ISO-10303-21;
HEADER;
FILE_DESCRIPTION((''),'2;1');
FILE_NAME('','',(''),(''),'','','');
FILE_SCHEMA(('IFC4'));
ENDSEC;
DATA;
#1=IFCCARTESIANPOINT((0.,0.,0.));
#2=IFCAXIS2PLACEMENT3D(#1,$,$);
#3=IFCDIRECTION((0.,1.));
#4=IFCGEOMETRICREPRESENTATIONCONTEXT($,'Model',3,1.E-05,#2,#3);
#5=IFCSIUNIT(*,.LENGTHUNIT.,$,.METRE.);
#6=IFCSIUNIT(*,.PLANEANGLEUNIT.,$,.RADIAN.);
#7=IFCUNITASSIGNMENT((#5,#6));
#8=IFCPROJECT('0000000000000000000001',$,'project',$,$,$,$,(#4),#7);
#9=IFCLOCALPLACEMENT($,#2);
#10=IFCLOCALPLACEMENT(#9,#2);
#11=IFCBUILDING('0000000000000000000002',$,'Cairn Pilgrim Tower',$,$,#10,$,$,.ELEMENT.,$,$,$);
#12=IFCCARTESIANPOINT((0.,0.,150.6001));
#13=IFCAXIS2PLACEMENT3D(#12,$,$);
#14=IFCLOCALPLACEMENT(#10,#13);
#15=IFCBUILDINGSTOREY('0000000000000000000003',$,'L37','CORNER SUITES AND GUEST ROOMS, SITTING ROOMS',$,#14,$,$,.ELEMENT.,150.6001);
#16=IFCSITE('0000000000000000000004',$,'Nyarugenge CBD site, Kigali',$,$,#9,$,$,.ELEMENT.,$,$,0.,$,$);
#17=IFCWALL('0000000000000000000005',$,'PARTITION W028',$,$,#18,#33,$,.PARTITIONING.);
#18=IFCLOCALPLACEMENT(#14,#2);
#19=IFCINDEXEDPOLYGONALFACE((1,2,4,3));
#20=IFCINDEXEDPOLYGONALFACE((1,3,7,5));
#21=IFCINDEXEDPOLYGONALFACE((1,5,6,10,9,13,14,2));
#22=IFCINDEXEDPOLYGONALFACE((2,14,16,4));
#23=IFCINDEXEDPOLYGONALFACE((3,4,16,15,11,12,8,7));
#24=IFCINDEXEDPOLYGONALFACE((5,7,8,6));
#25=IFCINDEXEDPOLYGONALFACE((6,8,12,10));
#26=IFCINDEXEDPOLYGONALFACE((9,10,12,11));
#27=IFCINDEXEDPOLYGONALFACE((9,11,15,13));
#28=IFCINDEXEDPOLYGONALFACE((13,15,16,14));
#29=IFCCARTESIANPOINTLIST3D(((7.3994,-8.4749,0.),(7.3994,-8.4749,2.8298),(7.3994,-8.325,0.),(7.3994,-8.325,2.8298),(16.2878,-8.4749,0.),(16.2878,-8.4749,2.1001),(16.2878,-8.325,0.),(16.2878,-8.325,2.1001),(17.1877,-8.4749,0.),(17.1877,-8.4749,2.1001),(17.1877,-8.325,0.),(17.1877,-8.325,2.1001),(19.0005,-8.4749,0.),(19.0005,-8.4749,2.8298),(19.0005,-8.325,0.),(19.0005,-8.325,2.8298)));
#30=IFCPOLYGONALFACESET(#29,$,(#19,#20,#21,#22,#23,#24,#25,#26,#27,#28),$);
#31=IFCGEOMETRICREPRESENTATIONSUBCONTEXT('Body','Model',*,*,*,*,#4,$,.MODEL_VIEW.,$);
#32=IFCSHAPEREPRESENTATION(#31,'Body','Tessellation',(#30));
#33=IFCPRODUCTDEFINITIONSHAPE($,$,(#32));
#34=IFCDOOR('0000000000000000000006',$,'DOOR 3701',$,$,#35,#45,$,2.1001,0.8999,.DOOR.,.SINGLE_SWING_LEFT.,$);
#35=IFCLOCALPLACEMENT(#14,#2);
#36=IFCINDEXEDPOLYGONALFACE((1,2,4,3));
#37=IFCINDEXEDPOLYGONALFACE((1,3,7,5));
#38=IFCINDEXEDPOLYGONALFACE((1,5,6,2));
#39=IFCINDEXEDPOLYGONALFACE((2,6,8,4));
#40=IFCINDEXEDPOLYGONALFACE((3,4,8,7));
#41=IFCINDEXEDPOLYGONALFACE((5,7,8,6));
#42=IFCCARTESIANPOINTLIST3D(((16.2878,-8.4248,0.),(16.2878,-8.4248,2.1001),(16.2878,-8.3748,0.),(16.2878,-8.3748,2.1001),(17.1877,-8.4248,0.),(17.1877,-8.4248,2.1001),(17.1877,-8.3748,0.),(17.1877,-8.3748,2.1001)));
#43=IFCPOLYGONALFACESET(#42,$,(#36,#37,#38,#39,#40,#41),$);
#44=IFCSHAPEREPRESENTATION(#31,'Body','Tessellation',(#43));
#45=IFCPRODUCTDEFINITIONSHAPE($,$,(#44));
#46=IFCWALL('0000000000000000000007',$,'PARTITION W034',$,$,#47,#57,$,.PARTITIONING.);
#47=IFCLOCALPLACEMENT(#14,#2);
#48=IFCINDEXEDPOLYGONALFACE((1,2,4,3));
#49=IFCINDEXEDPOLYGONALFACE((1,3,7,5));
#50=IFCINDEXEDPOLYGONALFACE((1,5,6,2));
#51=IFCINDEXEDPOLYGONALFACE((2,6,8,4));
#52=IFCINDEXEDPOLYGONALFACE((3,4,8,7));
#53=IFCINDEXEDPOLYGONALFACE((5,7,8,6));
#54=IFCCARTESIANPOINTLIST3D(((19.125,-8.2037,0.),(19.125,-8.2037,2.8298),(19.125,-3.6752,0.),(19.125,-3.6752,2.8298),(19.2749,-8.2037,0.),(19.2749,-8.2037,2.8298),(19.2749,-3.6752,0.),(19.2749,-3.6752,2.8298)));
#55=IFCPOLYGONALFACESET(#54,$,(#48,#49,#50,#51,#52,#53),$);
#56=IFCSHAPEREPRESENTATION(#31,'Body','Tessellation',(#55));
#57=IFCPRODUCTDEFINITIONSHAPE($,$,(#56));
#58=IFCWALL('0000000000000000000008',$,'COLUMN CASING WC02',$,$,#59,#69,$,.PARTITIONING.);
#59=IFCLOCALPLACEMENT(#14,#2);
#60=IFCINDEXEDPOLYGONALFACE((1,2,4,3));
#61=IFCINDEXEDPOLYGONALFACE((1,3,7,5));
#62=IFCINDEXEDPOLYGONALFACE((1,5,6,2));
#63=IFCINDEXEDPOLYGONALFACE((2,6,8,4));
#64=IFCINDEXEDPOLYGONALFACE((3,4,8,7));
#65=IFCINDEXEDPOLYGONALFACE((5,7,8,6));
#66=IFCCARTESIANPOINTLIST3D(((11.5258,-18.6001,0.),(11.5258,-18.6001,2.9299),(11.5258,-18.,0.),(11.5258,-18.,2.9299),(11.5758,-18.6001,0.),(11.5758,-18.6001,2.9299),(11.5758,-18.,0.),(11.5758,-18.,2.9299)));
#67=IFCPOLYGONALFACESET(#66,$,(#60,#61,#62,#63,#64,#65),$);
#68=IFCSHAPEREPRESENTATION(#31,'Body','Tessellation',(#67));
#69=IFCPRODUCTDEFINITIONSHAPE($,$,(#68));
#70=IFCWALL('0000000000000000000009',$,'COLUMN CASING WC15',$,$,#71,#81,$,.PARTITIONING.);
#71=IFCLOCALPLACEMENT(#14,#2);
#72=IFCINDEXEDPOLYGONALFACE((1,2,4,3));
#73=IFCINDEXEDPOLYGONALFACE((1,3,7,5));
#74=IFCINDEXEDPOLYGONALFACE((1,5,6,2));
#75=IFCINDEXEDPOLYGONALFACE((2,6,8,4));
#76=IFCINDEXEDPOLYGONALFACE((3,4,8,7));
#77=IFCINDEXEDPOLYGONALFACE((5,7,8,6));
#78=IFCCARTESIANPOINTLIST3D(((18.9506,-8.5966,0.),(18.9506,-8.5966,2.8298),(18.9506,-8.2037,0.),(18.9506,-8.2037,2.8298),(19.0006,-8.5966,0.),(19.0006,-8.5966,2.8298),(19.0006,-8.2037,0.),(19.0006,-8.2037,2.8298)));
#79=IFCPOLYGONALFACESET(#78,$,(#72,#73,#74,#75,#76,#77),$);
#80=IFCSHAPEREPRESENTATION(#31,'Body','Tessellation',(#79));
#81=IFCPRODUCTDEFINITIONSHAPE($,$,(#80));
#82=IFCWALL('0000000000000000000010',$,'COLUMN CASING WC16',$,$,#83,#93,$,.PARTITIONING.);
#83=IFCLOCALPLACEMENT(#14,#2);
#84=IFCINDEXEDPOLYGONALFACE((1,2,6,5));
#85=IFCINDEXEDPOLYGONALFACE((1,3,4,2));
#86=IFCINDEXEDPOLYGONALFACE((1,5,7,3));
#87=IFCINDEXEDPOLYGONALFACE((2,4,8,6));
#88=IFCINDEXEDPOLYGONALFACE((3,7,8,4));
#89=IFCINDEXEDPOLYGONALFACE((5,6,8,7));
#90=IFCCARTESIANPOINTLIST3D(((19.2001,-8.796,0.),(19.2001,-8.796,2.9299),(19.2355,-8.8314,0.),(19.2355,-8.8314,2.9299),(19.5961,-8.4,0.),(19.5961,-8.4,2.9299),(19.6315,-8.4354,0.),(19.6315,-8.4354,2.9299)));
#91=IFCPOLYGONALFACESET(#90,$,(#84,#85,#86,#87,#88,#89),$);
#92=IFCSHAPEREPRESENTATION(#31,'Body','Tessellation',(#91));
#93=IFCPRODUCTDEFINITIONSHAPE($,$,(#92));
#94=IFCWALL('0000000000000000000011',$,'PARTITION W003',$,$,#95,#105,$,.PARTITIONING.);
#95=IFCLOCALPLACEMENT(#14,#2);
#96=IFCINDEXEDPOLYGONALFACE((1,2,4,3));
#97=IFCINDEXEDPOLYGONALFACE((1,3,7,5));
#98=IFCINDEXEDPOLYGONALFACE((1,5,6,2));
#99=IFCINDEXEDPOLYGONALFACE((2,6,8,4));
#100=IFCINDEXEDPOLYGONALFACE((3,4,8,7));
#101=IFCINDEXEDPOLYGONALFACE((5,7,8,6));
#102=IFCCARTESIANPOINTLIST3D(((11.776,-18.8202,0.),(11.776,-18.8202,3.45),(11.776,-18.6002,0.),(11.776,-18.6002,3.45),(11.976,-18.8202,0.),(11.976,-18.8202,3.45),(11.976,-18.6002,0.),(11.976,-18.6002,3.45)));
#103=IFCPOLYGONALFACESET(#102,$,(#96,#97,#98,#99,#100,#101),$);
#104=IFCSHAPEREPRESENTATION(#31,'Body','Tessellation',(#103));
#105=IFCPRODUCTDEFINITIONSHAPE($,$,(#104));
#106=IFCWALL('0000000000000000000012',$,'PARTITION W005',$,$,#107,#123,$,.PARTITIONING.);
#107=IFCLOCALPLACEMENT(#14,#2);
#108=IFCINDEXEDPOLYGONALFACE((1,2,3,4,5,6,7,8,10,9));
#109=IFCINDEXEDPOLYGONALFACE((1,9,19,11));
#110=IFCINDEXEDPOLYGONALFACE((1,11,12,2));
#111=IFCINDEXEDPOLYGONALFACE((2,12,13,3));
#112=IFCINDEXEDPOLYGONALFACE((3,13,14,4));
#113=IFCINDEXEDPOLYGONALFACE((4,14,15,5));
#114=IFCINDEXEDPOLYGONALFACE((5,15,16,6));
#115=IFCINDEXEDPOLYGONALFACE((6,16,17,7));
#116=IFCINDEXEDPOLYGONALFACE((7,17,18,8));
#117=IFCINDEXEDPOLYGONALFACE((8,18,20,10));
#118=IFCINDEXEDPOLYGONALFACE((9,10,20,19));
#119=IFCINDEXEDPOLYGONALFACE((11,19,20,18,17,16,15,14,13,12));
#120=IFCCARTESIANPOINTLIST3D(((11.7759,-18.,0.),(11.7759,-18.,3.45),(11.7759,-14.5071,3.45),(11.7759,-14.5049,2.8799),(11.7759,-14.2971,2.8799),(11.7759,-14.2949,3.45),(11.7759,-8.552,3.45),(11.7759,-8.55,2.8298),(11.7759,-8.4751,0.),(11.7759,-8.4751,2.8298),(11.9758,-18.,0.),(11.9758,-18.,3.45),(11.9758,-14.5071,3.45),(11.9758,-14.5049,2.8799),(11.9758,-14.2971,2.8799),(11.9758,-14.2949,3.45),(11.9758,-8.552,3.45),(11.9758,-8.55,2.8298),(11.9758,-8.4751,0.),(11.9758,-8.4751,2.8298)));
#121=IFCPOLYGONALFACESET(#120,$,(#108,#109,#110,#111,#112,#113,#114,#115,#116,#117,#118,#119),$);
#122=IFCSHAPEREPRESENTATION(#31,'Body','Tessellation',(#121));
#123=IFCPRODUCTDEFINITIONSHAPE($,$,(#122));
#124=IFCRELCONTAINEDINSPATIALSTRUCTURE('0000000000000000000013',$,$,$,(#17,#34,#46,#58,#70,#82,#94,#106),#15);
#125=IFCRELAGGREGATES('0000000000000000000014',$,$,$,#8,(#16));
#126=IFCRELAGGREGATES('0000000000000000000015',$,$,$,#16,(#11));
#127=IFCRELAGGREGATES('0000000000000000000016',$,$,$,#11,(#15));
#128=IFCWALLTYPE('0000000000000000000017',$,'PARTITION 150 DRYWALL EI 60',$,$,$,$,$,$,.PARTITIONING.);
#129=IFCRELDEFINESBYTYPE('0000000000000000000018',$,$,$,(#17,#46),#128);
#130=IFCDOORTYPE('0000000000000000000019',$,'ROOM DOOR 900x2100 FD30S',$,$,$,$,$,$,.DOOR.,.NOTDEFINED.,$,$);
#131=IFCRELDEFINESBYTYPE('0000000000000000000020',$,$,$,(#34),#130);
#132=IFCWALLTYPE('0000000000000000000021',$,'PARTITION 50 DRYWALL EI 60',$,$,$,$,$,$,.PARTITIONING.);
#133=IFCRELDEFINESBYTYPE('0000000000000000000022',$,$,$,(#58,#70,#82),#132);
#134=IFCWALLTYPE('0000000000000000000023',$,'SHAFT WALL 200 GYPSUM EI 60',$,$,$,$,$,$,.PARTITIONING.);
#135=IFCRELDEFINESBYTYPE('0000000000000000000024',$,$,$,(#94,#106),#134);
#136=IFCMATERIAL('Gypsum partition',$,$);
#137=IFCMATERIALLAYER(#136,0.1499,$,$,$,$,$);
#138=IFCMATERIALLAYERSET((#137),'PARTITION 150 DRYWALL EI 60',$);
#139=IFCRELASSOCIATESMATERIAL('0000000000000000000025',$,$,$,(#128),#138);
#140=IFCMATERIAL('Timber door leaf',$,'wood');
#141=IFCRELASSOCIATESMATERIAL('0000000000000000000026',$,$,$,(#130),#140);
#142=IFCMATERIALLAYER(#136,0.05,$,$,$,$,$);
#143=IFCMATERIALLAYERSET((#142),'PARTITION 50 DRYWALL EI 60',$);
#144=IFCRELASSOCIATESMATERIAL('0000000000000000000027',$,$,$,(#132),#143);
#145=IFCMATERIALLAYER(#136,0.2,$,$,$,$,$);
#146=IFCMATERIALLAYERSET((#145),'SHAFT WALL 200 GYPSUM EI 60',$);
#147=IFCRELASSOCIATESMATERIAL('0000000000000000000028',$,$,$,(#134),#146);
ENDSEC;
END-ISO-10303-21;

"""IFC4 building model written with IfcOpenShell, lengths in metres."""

from ifc_helpers import new_model, si_unit, direction, frame, frame_2d, origin, place, context, subcontext, project, spatial, polyline, rectangle, outline, extrude, material, layer, layer_set, type_object, element, fill, save


model = new_model("IFC4")

# Units and contexts
model_context = context("Model", 3, precision=1e-05, world=origin(), true_north=direction((0.0, 1.0)))
body_context = subcontext(model_context, "Body", "Model", "MODEL_VIEW")
ifc_project = project(units=[si_unit("LENGTHUNIT", "METRE"), si_unit("PLANEANGLEUNIT", "RADIAN")], contexts=[model_context])

# Site, building, storey
site_placement = place(None, origin())
site = spatial("IfcSite", under=ifc_project, at=site_placement, Name="Nyarugenge CBD site, Kigali", CompositionType="ELEMENT", RefElevation=0.0)
building_placement = place(site_placement, origin())
building = spatial("IfcBuilding", under=site, at=building_placement, Name="Cairn Pilgrim Tower", CompositionType="ELEMENT")
storey_placement = place(building_placement, frame((0.0, 0.0, 150.6001)))
storey = spatial("IfcBuildingStorey", under=building, at=storey_placement, Name="L37", Description="CORNER SUITES AND GUEST ROOMS, SITTING ROOMS", CompositionType="ELEMENT", Elevation=150.6001)

# Shared definitions
ifc_material_1 = material(Name="Gypsum partition")
ifc_material_2 = material(Name="Timber door leaf", Category="wood")

# Wall, opening, door
ifc_layer_1 = layer(ifc_material_1, 0.1499)
ifc_layer_set_1 = layer_set([ifc_layer_1], Name="PARTITION 150 DRYWALL EI 60")
wall_type_1 = type_object("IfcWallType", Name="PARTITION 150 DRYWALL EI 60", PredefinedType="PARTITIONING", material=ifc_layer_set_1)
wall_1_placement = place(storey_placement, frame((7.3994, -8.3999, 0.0), z_axis=(0.0, 0.0, 1.0), x_axis=(1.0, 0.0, 0.0)))
wall_1 = element("IfcWall", 1, at=wall_1_placement, inside=storey, type_object=wall_type_1, Name="PARTITION W028", PredefinedType="PARTITIONING", context=body_context, shape_type="SweptSolid", body=[
    extrude(rectangle(XDim=11.6011, YDim=0.1499, at=frame_2d((5.8005, 0.0))), origin(), (0.0, 0.0, 1.0), 2.8298),
])
opening_1_placement = place(wall_1_placement, frame((8.8884, 0.0, 0.0)))
opening_1 = element("IfcOpeningElement", 2, at=opening_1_placement, cuts=wall_1, PredefinedType="OPENING", context=body_context, shape_type="SweptSolid", body=[
    extrude(rectangle(XDim=0.8999, YDim=2.1001, at=frame_2d((0.45, 1.05))), frame((0.0, 0.085, 0.0), z_axis=(0.0, -1.0, 0.0), x_axis=(1.0, 0.0, 0.0)), (0.0, 0.0, 1.0), 0.1699),
])
door_type_1 = type_object("IfcDoorType", Name="ROOM DOOR 900x2100 FD30S", OperationType="NOTDEFINED", PredefinedType="DOOR", material=ifc_material_2)
door_1_placement = place(opening_1_placement, frame((0.8999, 0.0, 0.0), z_axis=(0.0, 0.0, 1.0), x_axis=(-1.0, 0.0, 0.0)))
door_1 = element("IfcDoor", 3, at=door_1_placement, inside=storey, type_object=door_type_1, Name="DOOR 3701", OperationType="SINGLE_SWING_LEFT", OverallHeight=2.1001, OverallWidth=0.8999, PredefinedType="DOOR", context=body_context, shape_type="SweptSolid", body=[
    extrude(rectangle(XDim=0.8999, YDim=2.1001, at=frame_2d((0.45, 1.05))), frame((0.0, 0.0249, 0.0), z_axis=(0.0, -1.0, 0.0), x_axis=(1.0, 0.0, 0.0)), (0.0, 0.0, 1.0), 0.05),
])
fill(opening_1, door_1)

# Walls
wall_2_placement = place(storey_placement, frame((19.2, -8.2036, 0.0), z_axis=(0.0, 0.0, 1.0), x_axis=(0.0, 1.0, 0.0)))
element("IfcWall", 4, at=wall_2_placement, inside=storey, type_object=wall_type_1, Name="PARTITION W034", PredefinedType="PARTITIONING", context=body_context, shape_type="SweptSolid", body=[
    extrude(rectangle(XDim=4.5286, YDim=0.1499, at=frame_2d((2.2642, 0.0))), origin(), (0.0, 0.0, 1.0), 2.8298),
])
ifc_layer_2 = layer(ifc_material_1, 0.05)
ifc_layer_set_2 = layer_set([ifc_layer_2], Name="PARTITION 50 DRYWALL EI 60")
wall_type_2 = type_object("IfcWallType", Name="PARTITION 50 DRYWALL EI 60", PredefinedType="PARTITIONING", material=ifc_layer_set_2)
wall_3_placement = place(storey_placement, frame((11.5508, -18.6001, 0.0), z_axis=(0.0, 0.0, 1.0), x_axis=(0.0, 1.0, 0.0)))
element("IfcWall", 5, at=wall_3_placement, inside=storey, type_object=wall_type_2, Name="COLUMN CASING WC02", PredefinedType="PARTITIONING", context=body_context, shape_type="SweptSolid", body=[
    extrude(rectangle(XDim=0.6001, YDim=0.05, at=frame_2d((0.3, 0.0))), origin(), (0.0, 0.0, 1.0), 2.9299),
])
wall_4_placement = place(storey_placement, frame((18.9756, -8.5964, 0.0), z_axis=(0.0, 0.0, 1.0), x_axis=(0.0, 1.0, 0.0)))
element("IfcWall", 6, at=wall_4_placement, inside=storey, type_object=wall_type_2, Name="COLUMN CASING WC15", PredefinedType="PARTITIONING", context=body_context, shape_type="SweptSolid", body=[
    extrude(rectangle(XDim=0.3928, YDim=0.05, at=frame_2d((0.1963, 0.0))), origin(), (0.0, 0.0, 1.0), 2.8298),
])
wall_5_placement = place(storey_placement, frame((19.2178, -8.8137, 0.0), z_axis=(0.0, 0.0, 1.0), x_axis=(0.707107, 0.707107, 0.0)))
element("IfcWall", 7, at=wall_5_placement, inside=storey, type_object=wall_type_2, Name="COLUMN CASING WC16", PredefinedType="PARTITIONING", context=body_context, shape_type="SweptSolid", body=[
    extrude(rectangle(XDim=0.5601, YDim=0.05, at=frame_2d((0.28, 0.0))), origin(), (0.0, 0.0, 1.0), 2.9299),
])
ifc_layer_3 = layer(ifc_material_1, 0.2)
ifc_layer_set_3 = layer_set([ifc_layer_3], Name="SHAFT WALL 200 GYPSUM EI 60")
wall_type_3 = type_object("IfcWallType", Name="SHAFT WALL 200 GYPSUM EI 60", PredefinedType="PARTITIONING", material=ifc_layer_set_3)
wall_6_placement = place(storey_placement, frame((11.876, -18.8201, 0.0), z_axis=(0.0, 0.0, 1.0), x_axis=(0.0, 1.0, 0.0)))
element("IfcWall", 8, at=wall_6_placement, inside=storey, type_object=wall_type_3, Name="PARTITION W003", PredefinedType="PARTITIONING", context=body_context, shape_type="SweptSolid", body=[
    extrude(rectangle(XDim=0.22, YDim=0.2, at=frame_2d((0.1099, 0.0))), origin(), (0.0, 0.0, 1.0), 3.45),
])
wall_7_placement = place(storey_placement, frame((11.876, -18.0, 0.0), z_axis=(0.0, 0.0, 1.0), x_axis=(0.0, 1.0, 0.0)))
element("IfcWall", 9, at=wall_7_placement, inside=storey, type_object=wall_type_3, Name="PARTITION W005", PredefinedType="PARTITIONING", context=body_context, shape_type="SweptSolid", body=[
    extrude(outline(polyline([(0.0, 0.0), (9.5249, 0.0), (9.5249, 2.8298), (9.45, 2.8298), (9.448, 3.45), (3.7051, 3.45), (3.7029, 2.8799), (3.4951, 2.8799), (3.4929, 3.45), (0.0, 3.45), (0.0, 0.0)])), frame((0.0, 0.1001, 0.0), z_axis=(0.0, -1.0, 0.0), x_axis=(1.0, 0.0, 0.0)), (0.0, 0.0, 1.0), 0.2),
])

save(model, "model.ifc")
